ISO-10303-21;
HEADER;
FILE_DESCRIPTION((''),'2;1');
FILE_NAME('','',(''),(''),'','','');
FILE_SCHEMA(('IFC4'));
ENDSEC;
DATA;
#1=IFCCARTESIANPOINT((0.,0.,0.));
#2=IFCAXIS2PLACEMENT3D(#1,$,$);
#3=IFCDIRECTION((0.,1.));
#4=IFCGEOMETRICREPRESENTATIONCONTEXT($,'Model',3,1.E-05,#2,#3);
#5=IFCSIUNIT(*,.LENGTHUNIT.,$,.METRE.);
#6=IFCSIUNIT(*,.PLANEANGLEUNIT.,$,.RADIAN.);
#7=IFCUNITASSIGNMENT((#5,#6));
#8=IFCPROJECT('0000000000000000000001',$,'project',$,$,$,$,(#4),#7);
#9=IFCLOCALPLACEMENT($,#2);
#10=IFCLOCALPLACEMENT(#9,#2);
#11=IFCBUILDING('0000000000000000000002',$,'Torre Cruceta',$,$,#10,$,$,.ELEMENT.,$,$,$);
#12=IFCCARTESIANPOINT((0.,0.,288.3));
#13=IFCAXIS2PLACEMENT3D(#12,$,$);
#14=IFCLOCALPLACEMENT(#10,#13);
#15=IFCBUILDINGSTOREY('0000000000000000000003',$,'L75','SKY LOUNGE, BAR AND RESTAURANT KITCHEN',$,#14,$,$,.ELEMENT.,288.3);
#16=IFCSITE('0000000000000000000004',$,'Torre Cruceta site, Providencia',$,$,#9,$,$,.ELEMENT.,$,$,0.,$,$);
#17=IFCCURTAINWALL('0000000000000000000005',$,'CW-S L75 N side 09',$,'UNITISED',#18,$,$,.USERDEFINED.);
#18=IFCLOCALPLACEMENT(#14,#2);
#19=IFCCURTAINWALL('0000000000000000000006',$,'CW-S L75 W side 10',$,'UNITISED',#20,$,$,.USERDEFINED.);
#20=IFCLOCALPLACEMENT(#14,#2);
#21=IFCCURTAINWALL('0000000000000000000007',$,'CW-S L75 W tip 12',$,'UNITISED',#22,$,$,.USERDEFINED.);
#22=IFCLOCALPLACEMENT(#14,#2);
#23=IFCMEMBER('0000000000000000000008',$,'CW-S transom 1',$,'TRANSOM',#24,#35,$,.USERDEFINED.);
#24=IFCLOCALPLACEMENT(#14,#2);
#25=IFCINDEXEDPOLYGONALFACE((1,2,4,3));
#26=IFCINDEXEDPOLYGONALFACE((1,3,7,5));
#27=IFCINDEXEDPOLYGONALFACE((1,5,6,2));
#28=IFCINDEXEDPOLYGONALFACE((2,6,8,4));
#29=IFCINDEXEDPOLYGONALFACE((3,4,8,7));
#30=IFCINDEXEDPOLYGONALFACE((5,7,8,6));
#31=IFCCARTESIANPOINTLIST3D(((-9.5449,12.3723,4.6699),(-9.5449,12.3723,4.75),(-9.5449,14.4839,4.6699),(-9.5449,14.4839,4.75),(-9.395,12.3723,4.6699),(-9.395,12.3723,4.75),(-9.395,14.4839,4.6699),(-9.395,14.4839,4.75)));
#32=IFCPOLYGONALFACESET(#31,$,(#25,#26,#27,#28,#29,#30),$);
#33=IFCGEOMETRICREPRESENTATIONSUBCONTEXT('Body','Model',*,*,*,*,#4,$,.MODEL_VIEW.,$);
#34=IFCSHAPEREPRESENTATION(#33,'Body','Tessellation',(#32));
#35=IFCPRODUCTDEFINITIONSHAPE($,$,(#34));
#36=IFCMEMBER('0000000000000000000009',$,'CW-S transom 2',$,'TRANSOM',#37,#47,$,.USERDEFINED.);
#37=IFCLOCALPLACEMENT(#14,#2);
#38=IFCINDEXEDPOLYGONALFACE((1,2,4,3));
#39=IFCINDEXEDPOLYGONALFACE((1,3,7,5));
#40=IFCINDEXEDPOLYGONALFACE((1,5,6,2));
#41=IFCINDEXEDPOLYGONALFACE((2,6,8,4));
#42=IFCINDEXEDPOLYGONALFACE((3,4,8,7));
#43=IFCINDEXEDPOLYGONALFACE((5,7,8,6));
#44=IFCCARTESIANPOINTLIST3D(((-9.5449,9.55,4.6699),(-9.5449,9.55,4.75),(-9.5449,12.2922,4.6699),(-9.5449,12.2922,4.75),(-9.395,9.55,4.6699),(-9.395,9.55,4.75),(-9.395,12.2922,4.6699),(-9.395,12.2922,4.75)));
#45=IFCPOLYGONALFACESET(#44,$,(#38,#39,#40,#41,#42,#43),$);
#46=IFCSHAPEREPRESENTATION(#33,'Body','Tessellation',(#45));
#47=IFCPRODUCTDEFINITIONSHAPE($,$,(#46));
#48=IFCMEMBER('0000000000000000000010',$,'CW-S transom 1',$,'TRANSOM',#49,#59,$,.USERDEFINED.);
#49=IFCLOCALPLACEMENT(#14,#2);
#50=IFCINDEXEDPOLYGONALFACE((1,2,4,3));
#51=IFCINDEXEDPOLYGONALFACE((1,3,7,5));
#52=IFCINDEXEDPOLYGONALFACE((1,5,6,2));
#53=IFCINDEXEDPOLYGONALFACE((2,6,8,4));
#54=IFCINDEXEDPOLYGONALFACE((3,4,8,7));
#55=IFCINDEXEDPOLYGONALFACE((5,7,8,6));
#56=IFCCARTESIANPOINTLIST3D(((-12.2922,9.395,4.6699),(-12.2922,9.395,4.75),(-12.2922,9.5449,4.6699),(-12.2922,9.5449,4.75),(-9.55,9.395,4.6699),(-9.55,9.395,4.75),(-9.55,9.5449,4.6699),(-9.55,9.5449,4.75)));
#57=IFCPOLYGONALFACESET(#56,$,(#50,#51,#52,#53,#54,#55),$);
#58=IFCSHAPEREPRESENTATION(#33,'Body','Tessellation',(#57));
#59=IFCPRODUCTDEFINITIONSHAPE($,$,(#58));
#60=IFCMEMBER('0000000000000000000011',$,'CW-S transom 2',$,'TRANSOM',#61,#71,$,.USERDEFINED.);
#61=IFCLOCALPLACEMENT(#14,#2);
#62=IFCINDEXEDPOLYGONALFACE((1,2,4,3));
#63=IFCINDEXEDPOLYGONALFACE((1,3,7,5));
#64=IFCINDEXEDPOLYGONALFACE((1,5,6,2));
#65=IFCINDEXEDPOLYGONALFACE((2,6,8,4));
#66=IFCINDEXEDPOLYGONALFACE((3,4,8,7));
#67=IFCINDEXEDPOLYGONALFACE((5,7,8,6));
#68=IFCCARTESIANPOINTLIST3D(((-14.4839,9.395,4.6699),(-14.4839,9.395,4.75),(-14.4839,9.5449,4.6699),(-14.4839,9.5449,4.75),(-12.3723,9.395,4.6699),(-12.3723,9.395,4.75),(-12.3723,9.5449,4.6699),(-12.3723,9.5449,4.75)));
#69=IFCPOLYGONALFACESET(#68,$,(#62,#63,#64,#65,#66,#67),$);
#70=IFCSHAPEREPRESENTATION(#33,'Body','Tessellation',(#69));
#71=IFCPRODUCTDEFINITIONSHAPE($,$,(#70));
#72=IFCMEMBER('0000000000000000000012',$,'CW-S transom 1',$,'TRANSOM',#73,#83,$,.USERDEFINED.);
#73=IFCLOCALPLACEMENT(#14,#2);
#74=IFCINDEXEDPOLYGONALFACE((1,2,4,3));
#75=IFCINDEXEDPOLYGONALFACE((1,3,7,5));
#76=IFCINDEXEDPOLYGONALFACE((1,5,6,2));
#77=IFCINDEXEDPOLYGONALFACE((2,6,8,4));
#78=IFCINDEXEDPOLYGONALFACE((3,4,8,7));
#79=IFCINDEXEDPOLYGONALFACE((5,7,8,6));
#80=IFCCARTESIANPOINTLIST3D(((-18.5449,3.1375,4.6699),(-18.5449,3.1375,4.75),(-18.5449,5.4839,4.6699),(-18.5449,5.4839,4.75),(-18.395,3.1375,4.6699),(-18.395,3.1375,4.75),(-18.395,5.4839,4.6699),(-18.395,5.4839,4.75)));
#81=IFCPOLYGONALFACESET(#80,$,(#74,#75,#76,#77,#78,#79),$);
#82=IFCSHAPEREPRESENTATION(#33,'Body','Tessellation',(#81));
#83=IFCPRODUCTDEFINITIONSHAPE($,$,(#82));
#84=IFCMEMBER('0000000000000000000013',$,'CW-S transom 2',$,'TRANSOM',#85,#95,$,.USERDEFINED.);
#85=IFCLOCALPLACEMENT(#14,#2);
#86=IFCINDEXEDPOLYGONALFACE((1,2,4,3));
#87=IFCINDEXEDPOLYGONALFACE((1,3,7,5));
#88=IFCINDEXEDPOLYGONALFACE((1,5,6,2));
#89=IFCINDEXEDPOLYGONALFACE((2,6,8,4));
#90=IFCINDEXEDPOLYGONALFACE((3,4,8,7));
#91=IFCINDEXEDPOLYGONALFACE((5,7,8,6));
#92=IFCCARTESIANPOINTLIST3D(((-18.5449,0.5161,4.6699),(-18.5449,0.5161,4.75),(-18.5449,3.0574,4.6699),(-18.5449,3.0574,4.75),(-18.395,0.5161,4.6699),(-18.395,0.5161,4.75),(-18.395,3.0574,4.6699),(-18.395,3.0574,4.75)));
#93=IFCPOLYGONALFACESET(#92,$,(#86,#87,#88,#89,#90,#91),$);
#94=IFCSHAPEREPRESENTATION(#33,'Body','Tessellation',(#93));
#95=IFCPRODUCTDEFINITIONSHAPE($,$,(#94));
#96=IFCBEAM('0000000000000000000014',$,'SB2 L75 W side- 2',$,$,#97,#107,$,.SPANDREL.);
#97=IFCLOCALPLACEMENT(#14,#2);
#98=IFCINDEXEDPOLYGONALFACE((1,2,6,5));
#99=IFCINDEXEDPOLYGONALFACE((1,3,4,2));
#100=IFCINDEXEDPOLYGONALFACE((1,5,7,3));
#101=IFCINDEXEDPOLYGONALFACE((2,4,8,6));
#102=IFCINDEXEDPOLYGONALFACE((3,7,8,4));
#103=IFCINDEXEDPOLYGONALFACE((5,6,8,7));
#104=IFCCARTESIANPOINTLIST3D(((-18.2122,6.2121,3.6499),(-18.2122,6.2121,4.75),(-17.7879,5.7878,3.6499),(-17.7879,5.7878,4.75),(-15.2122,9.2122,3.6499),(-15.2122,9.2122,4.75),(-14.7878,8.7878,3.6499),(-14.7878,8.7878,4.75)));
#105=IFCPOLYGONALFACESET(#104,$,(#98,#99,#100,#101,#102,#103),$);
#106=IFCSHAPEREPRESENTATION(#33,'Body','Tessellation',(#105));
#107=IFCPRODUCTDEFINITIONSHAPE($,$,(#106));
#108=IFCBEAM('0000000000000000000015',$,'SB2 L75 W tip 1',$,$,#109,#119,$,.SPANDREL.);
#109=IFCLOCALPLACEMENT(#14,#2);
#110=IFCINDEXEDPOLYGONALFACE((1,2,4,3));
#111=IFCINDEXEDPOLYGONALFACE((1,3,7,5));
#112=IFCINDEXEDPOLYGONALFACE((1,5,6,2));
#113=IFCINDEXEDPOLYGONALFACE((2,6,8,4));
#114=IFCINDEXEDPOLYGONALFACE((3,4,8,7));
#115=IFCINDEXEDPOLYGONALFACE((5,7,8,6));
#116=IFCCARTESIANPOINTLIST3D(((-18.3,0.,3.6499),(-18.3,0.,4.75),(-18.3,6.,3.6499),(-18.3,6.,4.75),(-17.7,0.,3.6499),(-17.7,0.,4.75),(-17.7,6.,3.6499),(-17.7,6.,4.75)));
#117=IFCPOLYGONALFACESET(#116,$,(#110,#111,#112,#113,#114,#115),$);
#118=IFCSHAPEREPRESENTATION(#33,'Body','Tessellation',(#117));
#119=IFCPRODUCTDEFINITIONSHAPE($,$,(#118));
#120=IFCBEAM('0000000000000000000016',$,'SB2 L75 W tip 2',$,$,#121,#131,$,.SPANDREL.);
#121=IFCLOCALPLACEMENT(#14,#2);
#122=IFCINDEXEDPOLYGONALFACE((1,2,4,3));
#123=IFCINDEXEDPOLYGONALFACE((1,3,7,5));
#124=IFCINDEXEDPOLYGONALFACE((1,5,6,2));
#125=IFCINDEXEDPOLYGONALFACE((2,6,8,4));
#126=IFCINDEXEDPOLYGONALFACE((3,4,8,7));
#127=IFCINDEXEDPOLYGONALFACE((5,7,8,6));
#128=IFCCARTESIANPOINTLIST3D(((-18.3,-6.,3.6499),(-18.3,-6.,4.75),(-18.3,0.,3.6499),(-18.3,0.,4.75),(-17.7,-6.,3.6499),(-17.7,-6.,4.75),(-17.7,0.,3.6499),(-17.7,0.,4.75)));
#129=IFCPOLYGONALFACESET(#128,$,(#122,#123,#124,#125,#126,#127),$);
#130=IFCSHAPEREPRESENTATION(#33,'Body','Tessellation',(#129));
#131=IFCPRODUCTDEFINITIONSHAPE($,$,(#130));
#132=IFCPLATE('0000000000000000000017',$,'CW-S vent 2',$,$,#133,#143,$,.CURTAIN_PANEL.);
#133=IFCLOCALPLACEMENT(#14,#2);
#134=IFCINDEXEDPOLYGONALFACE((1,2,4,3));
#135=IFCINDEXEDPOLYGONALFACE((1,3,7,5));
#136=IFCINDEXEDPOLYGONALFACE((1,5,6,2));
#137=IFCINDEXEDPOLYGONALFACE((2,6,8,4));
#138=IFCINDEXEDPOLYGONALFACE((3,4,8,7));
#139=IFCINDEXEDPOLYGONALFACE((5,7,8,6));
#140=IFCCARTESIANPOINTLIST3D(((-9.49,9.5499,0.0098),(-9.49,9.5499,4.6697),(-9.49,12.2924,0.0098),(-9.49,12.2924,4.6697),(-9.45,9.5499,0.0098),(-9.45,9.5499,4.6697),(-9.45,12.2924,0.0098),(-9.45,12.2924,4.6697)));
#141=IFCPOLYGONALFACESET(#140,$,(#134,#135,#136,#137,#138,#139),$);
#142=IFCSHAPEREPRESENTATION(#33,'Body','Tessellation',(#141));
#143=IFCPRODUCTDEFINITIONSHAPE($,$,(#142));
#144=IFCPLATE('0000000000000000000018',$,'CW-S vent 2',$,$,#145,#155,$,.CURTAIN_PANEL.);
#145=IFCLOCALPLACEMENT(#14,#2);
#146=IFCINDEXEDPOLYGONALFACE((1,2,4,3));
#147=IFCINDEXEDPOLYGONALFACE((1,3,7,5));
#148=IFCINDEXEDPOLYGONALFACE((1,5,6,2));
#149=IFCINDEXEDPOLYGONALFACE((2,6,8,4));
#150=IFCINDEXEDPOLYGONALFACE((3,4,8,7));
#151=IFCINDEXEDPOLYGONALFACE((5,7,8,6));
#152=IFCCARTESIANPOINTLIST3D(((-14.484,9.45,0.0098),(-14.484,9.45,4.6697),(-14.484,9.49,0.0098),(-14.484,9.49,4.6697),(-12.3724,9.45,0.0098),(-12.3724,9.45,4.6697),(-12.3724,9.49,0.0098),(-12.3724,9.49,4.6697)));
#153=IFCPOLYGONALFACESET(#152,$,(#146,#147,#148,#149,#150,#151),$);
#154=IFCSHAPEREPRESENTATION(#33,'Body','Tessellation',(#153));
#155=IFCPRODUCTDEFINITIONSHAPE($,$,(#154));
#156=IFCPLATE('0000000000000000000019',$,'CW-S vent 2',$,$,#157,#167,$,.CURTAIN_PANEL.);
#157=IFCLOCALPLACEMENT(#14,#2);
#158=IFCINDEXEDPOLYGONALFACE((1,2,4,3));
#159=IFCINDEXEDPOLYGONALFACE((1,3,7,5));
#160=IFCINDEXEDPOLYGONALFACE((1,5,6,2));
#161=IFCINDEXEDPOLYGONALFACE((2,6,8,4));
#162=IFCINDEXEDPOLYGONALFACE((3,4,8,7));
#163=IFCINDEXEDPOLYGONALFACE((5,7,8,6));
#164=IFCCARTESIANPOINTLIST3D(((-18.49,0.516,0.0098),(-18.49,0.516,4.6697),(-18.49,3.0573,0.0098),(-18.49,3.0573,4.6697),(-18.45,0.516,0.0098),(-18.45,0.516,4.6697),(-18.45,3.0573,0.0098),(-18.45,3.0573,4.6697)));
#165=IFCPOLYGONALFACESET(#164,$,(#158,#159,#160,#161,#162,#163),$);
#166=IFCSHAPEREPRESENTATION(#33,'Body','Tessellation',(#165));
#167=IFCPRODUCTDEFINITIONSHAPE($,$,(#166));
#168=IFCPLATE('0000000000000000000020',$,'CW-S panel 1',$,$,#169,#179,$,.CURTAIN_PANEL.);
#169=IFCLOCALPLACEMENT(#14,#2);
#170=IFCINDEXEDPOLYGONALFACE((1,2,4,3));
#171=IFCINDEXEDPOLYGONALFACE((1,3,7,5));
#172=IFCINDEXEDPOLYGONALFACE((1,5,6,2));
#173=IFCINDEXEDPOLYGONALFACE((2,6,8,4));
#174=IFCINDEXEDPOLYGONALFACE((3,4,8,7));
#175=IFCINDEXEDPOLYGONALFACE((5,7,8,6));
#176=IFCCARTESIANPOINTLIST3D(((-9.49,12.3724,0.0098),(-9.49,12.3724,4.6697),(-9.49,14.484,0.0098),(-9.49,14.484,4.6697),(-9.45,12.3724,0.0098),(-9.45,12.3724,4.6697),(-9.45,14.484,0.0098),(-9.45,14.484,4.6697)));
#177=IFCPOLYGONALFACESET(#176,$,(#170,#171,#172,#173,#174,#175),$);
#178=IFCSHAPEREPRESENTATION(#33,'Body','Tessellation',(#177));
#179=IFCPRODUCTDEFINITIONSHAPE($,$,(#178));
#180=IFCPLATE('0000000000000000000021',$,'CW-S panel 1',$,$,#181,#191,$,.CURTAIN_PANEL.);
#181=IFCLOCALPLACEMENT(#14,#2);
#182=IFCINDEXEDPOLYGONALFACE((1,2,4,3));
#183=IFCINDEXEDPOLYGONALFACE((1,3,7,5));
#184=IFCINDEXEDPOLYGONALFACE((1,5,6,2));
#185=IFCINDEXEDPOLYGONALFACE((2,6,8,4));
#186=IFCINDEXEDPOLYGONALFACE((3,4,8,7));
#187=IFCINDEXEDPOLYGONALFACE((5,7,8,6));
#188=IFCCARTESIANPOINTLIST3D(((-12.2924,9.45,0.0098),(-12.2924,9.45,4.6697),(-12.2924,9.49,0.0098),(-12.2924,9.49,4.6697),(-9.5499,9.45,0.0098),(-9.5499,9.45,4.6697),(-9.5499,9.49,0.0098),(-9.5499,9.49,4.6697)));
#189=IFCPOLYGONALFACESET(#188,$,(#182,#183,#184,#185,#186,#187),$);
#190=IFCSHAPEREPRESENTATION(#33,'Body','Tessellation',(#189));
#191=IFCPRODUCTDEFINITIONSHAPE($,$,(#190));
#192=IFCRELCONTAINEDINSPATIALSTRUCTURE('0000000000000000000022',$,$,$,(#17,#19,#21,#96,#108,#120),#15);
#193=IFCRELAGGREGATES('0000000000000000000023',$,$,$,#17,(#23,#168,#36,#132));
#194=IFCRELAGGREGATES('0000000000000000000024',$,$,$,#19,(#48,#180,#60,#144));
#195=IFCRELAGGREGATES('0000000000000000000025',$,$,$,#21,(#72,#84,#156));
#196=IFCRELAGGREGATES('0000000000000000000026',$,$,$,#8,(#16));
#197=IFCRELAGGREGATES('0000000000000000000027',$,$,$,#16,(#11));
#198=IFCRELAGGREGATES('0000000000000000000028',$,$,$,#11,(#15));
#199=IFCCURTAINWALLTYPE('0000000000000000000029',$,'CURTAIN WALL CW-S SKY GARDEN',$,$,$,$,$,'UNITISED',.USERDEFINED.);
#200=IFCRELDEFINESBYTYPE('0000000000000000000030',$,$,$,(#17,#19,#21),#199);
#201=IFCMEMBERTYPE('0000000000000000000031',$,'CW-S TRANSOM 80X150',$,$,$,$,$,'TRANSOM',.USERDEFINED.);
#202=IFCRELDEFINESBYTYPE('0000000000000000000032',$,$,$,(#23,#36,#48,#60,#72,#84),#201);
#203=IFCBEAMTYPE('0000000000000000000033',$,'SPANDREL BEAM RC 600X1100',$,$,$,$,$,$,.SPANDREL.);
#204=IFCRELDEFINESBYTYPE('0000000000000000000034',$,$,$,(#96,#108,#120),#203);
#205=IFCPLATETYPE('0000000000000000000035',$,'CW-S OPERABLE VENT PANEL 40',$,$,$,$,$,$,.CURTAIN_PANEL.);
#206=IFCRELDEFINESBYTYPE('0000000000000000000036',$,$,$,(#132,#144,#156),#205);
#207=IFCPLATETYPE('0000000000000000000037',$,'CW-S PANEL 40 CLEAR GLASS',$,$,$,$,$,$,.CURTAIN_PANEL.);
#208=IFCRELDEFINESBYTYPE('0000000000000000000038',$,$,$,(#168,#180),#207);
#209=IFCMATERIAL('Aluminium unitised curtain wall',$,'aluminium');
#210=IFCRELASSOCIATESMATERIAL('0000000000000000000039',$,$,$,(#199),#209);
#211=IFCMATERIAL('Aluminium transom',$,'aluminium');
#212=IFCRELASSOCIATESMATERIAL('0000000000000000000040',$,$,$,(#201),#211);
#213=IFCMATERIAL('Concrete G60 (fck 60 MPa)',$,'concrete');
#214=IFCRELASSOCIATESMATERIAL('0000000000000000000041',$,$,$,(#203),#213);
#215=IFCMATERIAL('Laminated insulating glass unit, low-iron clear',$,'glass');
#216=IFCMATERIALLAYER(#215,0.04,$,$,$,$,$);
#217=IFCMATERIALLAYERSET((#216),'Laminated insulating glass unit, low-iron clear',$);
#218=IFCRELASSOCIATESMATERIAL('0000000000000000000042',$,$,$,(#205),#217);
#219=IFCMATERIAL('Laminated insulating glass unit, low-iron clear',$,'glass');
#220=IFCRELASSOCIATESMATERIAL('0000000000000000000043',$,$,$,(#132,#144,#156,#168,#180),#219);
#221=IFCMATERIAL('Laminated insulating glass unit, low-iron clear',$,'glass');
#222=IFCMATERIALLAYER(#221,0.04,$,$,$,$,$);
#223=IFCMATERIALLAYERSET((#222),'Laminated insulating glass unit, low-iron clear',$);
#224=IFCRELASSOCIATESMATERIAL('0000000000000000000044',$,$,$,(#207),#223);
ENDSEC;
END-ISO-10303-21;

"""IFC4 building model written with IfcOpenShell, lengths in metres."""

from ifc_helpers import new_model, si_unit, direction, frame, origin, origin_2d, place, context, subcontext, project, spatial, rectangle, extrude, material, layer, layer_set, material_profile, profile_set, type_object, element, aggregate, save


model = new_model("IFC4")

# Units and contexts
model_context = context("Model", 3, precision=1e-05, world=origin(), true_north=direction((0.0, 1.0)))
body_context = subcontext(model_context, "Body", "Model", "MODEL_VIEW")
ifc_project = project(units=[si_unit("LENGTHUNIT", "METRE"), si_unit("PLANEANGLEUNIT", "RADIAN")], contexts=[model_context])

# Site, building, storey
site_placement = place(None, origin())
site = spatial("IfcSite", under=ifc_project, at=site_placement, Name="Torre Cruceta site, Providencia", CompositionType="ELEMENT", RefElevation=0.0)
building_placement = place(site_placement, origin())
building = spatial("IfcBuilding", under=site, at=building_placement, Name="Torre Cruceta", CompositionType="ELEMENT")
storey_placement = place(building_placement, frame((0.0, 0.0, 288.3)))
storey = spatial("IfcBuildingStorey", under=building, at=storey_placement, Name="L75", Description="SKY LOUNGE, BAR AND RESTAURANT KITCHEN", CompositionType="ELEMENT", Elevation=288.3)

# Curtain walls
ifc_material_1 = material(Name="Aluminium unitised curtain wall", Category="aluminium")
curtain_wall_type = type_object("IfcCurtainWallType", Name="CURTAIN WALL CW-S SKY GARDEN", ElementType="UNITISED", PredefinedType="USERDEFINED", material=ifc_material_1)
curtain_wall_1_placement = place(storey_placement, origin())
curtain_wall_1 = element("IfcCurtainWall", 1, at=curtain_wall_1_placement, inside=storey, type_object=curtain_wall_type, Name="CW-S L75 N side 09", ObjectType="UNITISED", PredefinedType="USERDEFINED")
curtain_wall_2_placement = place(storey_placement, origin())
curtain_wall_2 = element("IfcCurtainWall", 2, at=curtain_wall_2_placement, inside=storey, type_object=curtain_wall_type, Name="CW-S L75 W side 10", ObjectType="UNITISED", PredefinedType="USERDEFINED")
curtain_wall_3_placement = place(storey_placement, origin())
curtain_wall_3 = element("IfcCurtainWall", 3, at=curtain_wall_3_placement, inside=storey, type_object=curtain_wall_type, Name="CW-S L75 W tip 12", ObjectType="UNITISED", PredefinedType="USERDEFINED")

# Members
ifc_material_2 = material(Name="Aluminium transom", Category="aluminium")
ifc_material_profile_1 = material_profile(ifc_material_2, rectangle(XDim=0.1499, YDim=0.0801, at=origin_2d()), Name="AL 150X80")
ifc_profile_set_1 = profile_set([ifc_material_profile_1], Name="Aluminium transom")
member_type_1 = type_object("IfcMemberType", Name="CW-S TRANSOM 80X150", ElementType="TRANSOM", PredefinedType="USERDEFINED", material=ifc_profile_set_1)
member_1_placement = place(storey_placement, frame((-9.47, 14.4839, 4.71), z_axis=(0.0, -1.0, 0.0), x_axis=(1.0, 0.0, 0.0)))
member_1 = element("IfcMember", 4, at=member_1_placement, type_object=member_type_1, Name="CW-S transom 1", ObjectType="TRANSOM", PredefinedType="USERDEFINED", context=body_context, shape_type="SweptSolid", body=[
    extrude(rectangle(XDim=0.1499, YDim=0.0801, at=origin_2d()), origin(), (0.0, 0.0, 1.0), 2.1116),
])
member_2_placement = place(storey_placement, frame((-9.47, 12.2922, 4.71), z_axis=(0.0, -1.0, 0.0), x_axis=(1.0, 0.0, 0.0)))
member_2 = element("IfcMember", 5, at=member_2_placement, type_object=member_type_1, Name="CW-S transom 2", ObjectType="TRANSOM", PredefinedType="USERDEFINED", context=body_context, shape_type="SweptSolid", body=[
    extrude(rectangle(XDim=0.1499, YDim=0.0801, at=origin_2d()), origin(), (0.0, 0.0, 1.0), 2.7422),
])
member_3_placement = place(storey_placement, frame((-9.55, 9.47, 4.71), z_axis=(-1.0, 0.0, 0.0), x_axis=(0.0, -1.0, 0.0)))
member_3 = element("IfcMember", 6, at=member_3_placement, type_object=member_type_1, Name="CW-S transom 1", ObjectType="TRANSOM", PredefinedType="USERDEFINED", context=body_context, shape_type="SweptSolid", body=[
    extrude(rectangle(XDim=0.1499, YDim=0.0801, at=origin_2d()), origin(), (0.0, 0.0, 1.0), 2.7422),
])
member_4_placement = place(storey_placement, frame((-12.3723, 9.47, 4.71), z_axis=(-1.0, 0.0, 0.0), x_axis=(0.0, -1.0, 0.0)))
member_4 = element("IfcMember", 7, at=member_4_placement, type_object=member_type_1, Name="CW-S transom 2", ObjectType="TRANSOM", PredefinedType="USERDEFINED", context=body_context, shape_type="SweptSolid", body=[
    extrude(rectangle(XDim=0.1499, YDim=0.0801, at=origin_2d()), origin(), (0.0, 0.0, 1.0), 2.1116),
])
member_5_placement = place(storey_placement, frame((-18.47, 5.4839, 4.71), z_axis=(0.0, -1.0, 0.0), x_axis=(1.0, 0.0, 0.0)))
member_5 = element("IfcMember", 8, at=member_5_placement, type_object=member_type_1, Name="CW-S transom 1", ObjectType="TRANSOM", PredefinedType="USERDEFINED", context=body_context, shape_type="SweptSolid", body=[
    extrude(rectangle(XDim=0.1499, YDim=0.0801, at=origin_2d()), origin(), (0.0, 0.0, 1.0), 2.3464),
])
member_6_placement = place(storey_placement, frame((-18.47, 3.0574, 4.71), z_axis=(0.0, -1.0, 0.0), x_axis=(1.0, 0.0, 0.0)))
member_6 = element("IfcMember", 9, at=member_6_placement, type_object=member_type_1, Name="CW-S transom 2", ObjectType="TRANSOM", PredefinedType="USERDEFINED", context=body_context, shape_type="SweptSolid", body=[
    extrude(rectangle(XDim=0.1499, YDim=0.0801, at=origin_2d()), origin(), (0.0, 0.0, 1.0), 2.5413),
])

# Beams
ifc_material_3 = material(Name="Concrete G60 (fck 60 MPa)", Category="concrete")
ifc_material_profile_2 = material_profile(ifc_material_3, rectangle(XDim=0.6001, YDim=1.1001, at=origin_2d()), Name="RC 600X1100")
ifc_profile_set_2 = profile_set([ifc_material_profile_2], Name="Concrete G60 (fck 60 MPa)")
beam_type_1 = type_object("IfcBeamType", Name="SPANDREL BEAM RC 600X1100", PredefinedType="SPANDREL", material=ifc_profile_set_2)
beam_1_placement = place(storey_placement, frame((-15.0, 9.0, 4.2), z_axis=(-0.707107, -0.707107, 0.0), x_axis=(0.707107, -0.707107, 0.0)))
element("IfcBeam", 10, at=beam_1_placement, inside=storey, type_object=beam_type_1, Name="SB2 L75 W side- 2", PredefinedType="SPANDREL", context=body_context, shape_type="SweptSolid", body=[
    extrude(rectangle(XDim=0.6001, YDim=1.1001, at=origin_2d()), origin(), (0.0, 0.0, 1.0), 4.2427),
])
for number, where, z_axis, x_axis, name in (
    (11, (-18.0, 6.0, 4.2), (0.0, -1.0, 0.0), (1.0, 0.0, 0.0), "SB2 L75 W tip 1"),
    (12, (-18.0, 0.0, 4.2), (0.0, -1.0, 0.0), (1.0, 0.0, 0.0), "SB2 L75 W tip 2"),
):
    element("IfcBeam", number, at=place(storey_placement, frame(where, z_axis=z_axis, x_axis=x_axis)), inside=storey, type_object=beam_type_1, Name=name, PredefinedType="SPANDREL", context=body_context, shape_type="SweptSolid", body=[
        extrude(rectangle(XDim=0.6001, YDim=1.1001, at=origin_2d()), origin(), (0.0, 0.0, 1.0), 6.0),
    ])

# Plates
ifc_material_4 = material(Name="Laminated insulating glass unit, low-iron clear", Category="glass")
ifc_material_5 = material(Name="Laminated insulating glass unit, low-iron clear", Category="glass")
ifc_layer_1 = layer(ifc_material_5, 0.04)
ifc_layer_set_1 = layer_set([ifc_layer_1], Name="Laminated insulating glass unit, low-iron clear")
plate_type_1 = type_object("IfcPlateType", Name="CW-S OPERABLE VENT PANEL 40", PredefinedType="CURTAIN_PANEL", material=ifc_layer_set_1)
plate_1_placement = place(storey_placement, frame((-9.47, 10.9211, 0.0098), z_axis=(0.0, 0.0, 1.0), x_axis=(0.0, -1.0, 0.0)))
plate_1 = element("IfcPlate", 13, at=plate_1_placement, type_object=plate_type_1, material=ifc_material_4, Name="CW-S vent 2", PredefinedType="CURTAIN_PANEL", context=body_context, shape_type="SweptSolid", body=[
    extrude(rectangle(XDim=2.7424, YDim=0.04, at=origin_2d()), origin(), (0.0, 0.0, 1.0), 4.6599),
])
plate_2_placement = place(storey_placement, frame((-13.4282, 9.47, 0.0098), z_axis=(0.0, 0.0, 1.0), x_axis=(-1.0, 0.0, 0.0)))
plate_2 = element("IfcPlate", 14, at=plate_2_placement, type_object=plate_type_1, material=ifc_material_4, Name="CW-S vent 2", PredefinedType="CURTAIN_PANEL", context=body_context, shape_type="SweptSolid", body=[
    extrude(rectangle(XDim=2.1116, YDim=0.04, at=origin_2d()), origin(), (0.0, 0.0, 1.0), 4.6599),
])
plate_3_placement = place(storey_placement, frame((-18.47, 1.7866, 0.0098), z_axis=(0.0, 0.0, 1.0), x_axis=(0.0, -1.0, 0.0)))
plate_3 = element("IfcPlate", 15, at=plate_3_placement, type_object=plate_type_1, material=ifc_material_4, Name="CW-S vent 2", PredefinedType="CURTAIN_PANEL", context=body_context, shape_type="SweptSolid", body=[
    extrude(rectangle(XDim=2.5413, YDim=0.04, at=origin_2d()), origin(), (0.0, 0.0, 1.0), 4.6599),
])
ifc_material_6 = material(Name="Laminated insulating glass unit, low-iron clear", Category="glass")
ifc_layer_2 = layer(ifc_material_6, 0.04)
ifc_layer_set_2 = layer_set([ifc_layer_2], Name="Laminated insulating glass unit, low-iron clear")
plate_type_2 = type_object("IfcPlateType", Name="CW-S PANEL 40 CLEAR GLASS", PredefinedType="CURTAIN_PANEL", material=ifc_layer_set_2)
plate_4_placement = place(storey_placement, frame((-9.47, 13.4282, 0.0098), z_axis=(0.0, 0.0, 1.0), x_axis=(0.0, -1.0, 0.0)))
plate_4 = element("IfcPlate", 16, at=plate_4_placement, type_object=plate_type_2, material=ifc_material_4, Name="CW-S panel 1", PredefinedType="CURTAIN_PANEL", context=body_context, shape_type="SweptSolid", body=[
    extrude(rectangle(XDim=2.1116, YDim=0.04, at=origin_2d()), origin(), (0.0, 0.0, 1.0), 4.6599),
])
aggregate(curtain_wall_1, [member_1, plate_4, member_2, plate_1])
plate_5_placement = place(storey_placement, frame((-10.9211, 9.47, 0.0098), z_axis=(0.0, 0.0, 1.0), x_axis=(-1.0, 0.0, 0.0)))
plate_5 = element("IfcPlate", 17, at=plate_5_placement, type_object=plate_type_2, material=ifc_material_4, Name="CW-S panel 1", PredefinedType="CURTAIN_PANEL", context=body_context, shape_type="SweptSolid", body=[
    extrude(rectangle(XDim=2.7424, YDim=0.04, at=origin_2d()), origin(), (0.0, 0.0, 1.0), 4.6599),
])
aggregate(curtain_wall_2, [member_3, plate_5, member_4, plate_2])
aggregate(curtain_wall_3, [member_5, member_6, plate_3])

save(model, "model.ifc")
